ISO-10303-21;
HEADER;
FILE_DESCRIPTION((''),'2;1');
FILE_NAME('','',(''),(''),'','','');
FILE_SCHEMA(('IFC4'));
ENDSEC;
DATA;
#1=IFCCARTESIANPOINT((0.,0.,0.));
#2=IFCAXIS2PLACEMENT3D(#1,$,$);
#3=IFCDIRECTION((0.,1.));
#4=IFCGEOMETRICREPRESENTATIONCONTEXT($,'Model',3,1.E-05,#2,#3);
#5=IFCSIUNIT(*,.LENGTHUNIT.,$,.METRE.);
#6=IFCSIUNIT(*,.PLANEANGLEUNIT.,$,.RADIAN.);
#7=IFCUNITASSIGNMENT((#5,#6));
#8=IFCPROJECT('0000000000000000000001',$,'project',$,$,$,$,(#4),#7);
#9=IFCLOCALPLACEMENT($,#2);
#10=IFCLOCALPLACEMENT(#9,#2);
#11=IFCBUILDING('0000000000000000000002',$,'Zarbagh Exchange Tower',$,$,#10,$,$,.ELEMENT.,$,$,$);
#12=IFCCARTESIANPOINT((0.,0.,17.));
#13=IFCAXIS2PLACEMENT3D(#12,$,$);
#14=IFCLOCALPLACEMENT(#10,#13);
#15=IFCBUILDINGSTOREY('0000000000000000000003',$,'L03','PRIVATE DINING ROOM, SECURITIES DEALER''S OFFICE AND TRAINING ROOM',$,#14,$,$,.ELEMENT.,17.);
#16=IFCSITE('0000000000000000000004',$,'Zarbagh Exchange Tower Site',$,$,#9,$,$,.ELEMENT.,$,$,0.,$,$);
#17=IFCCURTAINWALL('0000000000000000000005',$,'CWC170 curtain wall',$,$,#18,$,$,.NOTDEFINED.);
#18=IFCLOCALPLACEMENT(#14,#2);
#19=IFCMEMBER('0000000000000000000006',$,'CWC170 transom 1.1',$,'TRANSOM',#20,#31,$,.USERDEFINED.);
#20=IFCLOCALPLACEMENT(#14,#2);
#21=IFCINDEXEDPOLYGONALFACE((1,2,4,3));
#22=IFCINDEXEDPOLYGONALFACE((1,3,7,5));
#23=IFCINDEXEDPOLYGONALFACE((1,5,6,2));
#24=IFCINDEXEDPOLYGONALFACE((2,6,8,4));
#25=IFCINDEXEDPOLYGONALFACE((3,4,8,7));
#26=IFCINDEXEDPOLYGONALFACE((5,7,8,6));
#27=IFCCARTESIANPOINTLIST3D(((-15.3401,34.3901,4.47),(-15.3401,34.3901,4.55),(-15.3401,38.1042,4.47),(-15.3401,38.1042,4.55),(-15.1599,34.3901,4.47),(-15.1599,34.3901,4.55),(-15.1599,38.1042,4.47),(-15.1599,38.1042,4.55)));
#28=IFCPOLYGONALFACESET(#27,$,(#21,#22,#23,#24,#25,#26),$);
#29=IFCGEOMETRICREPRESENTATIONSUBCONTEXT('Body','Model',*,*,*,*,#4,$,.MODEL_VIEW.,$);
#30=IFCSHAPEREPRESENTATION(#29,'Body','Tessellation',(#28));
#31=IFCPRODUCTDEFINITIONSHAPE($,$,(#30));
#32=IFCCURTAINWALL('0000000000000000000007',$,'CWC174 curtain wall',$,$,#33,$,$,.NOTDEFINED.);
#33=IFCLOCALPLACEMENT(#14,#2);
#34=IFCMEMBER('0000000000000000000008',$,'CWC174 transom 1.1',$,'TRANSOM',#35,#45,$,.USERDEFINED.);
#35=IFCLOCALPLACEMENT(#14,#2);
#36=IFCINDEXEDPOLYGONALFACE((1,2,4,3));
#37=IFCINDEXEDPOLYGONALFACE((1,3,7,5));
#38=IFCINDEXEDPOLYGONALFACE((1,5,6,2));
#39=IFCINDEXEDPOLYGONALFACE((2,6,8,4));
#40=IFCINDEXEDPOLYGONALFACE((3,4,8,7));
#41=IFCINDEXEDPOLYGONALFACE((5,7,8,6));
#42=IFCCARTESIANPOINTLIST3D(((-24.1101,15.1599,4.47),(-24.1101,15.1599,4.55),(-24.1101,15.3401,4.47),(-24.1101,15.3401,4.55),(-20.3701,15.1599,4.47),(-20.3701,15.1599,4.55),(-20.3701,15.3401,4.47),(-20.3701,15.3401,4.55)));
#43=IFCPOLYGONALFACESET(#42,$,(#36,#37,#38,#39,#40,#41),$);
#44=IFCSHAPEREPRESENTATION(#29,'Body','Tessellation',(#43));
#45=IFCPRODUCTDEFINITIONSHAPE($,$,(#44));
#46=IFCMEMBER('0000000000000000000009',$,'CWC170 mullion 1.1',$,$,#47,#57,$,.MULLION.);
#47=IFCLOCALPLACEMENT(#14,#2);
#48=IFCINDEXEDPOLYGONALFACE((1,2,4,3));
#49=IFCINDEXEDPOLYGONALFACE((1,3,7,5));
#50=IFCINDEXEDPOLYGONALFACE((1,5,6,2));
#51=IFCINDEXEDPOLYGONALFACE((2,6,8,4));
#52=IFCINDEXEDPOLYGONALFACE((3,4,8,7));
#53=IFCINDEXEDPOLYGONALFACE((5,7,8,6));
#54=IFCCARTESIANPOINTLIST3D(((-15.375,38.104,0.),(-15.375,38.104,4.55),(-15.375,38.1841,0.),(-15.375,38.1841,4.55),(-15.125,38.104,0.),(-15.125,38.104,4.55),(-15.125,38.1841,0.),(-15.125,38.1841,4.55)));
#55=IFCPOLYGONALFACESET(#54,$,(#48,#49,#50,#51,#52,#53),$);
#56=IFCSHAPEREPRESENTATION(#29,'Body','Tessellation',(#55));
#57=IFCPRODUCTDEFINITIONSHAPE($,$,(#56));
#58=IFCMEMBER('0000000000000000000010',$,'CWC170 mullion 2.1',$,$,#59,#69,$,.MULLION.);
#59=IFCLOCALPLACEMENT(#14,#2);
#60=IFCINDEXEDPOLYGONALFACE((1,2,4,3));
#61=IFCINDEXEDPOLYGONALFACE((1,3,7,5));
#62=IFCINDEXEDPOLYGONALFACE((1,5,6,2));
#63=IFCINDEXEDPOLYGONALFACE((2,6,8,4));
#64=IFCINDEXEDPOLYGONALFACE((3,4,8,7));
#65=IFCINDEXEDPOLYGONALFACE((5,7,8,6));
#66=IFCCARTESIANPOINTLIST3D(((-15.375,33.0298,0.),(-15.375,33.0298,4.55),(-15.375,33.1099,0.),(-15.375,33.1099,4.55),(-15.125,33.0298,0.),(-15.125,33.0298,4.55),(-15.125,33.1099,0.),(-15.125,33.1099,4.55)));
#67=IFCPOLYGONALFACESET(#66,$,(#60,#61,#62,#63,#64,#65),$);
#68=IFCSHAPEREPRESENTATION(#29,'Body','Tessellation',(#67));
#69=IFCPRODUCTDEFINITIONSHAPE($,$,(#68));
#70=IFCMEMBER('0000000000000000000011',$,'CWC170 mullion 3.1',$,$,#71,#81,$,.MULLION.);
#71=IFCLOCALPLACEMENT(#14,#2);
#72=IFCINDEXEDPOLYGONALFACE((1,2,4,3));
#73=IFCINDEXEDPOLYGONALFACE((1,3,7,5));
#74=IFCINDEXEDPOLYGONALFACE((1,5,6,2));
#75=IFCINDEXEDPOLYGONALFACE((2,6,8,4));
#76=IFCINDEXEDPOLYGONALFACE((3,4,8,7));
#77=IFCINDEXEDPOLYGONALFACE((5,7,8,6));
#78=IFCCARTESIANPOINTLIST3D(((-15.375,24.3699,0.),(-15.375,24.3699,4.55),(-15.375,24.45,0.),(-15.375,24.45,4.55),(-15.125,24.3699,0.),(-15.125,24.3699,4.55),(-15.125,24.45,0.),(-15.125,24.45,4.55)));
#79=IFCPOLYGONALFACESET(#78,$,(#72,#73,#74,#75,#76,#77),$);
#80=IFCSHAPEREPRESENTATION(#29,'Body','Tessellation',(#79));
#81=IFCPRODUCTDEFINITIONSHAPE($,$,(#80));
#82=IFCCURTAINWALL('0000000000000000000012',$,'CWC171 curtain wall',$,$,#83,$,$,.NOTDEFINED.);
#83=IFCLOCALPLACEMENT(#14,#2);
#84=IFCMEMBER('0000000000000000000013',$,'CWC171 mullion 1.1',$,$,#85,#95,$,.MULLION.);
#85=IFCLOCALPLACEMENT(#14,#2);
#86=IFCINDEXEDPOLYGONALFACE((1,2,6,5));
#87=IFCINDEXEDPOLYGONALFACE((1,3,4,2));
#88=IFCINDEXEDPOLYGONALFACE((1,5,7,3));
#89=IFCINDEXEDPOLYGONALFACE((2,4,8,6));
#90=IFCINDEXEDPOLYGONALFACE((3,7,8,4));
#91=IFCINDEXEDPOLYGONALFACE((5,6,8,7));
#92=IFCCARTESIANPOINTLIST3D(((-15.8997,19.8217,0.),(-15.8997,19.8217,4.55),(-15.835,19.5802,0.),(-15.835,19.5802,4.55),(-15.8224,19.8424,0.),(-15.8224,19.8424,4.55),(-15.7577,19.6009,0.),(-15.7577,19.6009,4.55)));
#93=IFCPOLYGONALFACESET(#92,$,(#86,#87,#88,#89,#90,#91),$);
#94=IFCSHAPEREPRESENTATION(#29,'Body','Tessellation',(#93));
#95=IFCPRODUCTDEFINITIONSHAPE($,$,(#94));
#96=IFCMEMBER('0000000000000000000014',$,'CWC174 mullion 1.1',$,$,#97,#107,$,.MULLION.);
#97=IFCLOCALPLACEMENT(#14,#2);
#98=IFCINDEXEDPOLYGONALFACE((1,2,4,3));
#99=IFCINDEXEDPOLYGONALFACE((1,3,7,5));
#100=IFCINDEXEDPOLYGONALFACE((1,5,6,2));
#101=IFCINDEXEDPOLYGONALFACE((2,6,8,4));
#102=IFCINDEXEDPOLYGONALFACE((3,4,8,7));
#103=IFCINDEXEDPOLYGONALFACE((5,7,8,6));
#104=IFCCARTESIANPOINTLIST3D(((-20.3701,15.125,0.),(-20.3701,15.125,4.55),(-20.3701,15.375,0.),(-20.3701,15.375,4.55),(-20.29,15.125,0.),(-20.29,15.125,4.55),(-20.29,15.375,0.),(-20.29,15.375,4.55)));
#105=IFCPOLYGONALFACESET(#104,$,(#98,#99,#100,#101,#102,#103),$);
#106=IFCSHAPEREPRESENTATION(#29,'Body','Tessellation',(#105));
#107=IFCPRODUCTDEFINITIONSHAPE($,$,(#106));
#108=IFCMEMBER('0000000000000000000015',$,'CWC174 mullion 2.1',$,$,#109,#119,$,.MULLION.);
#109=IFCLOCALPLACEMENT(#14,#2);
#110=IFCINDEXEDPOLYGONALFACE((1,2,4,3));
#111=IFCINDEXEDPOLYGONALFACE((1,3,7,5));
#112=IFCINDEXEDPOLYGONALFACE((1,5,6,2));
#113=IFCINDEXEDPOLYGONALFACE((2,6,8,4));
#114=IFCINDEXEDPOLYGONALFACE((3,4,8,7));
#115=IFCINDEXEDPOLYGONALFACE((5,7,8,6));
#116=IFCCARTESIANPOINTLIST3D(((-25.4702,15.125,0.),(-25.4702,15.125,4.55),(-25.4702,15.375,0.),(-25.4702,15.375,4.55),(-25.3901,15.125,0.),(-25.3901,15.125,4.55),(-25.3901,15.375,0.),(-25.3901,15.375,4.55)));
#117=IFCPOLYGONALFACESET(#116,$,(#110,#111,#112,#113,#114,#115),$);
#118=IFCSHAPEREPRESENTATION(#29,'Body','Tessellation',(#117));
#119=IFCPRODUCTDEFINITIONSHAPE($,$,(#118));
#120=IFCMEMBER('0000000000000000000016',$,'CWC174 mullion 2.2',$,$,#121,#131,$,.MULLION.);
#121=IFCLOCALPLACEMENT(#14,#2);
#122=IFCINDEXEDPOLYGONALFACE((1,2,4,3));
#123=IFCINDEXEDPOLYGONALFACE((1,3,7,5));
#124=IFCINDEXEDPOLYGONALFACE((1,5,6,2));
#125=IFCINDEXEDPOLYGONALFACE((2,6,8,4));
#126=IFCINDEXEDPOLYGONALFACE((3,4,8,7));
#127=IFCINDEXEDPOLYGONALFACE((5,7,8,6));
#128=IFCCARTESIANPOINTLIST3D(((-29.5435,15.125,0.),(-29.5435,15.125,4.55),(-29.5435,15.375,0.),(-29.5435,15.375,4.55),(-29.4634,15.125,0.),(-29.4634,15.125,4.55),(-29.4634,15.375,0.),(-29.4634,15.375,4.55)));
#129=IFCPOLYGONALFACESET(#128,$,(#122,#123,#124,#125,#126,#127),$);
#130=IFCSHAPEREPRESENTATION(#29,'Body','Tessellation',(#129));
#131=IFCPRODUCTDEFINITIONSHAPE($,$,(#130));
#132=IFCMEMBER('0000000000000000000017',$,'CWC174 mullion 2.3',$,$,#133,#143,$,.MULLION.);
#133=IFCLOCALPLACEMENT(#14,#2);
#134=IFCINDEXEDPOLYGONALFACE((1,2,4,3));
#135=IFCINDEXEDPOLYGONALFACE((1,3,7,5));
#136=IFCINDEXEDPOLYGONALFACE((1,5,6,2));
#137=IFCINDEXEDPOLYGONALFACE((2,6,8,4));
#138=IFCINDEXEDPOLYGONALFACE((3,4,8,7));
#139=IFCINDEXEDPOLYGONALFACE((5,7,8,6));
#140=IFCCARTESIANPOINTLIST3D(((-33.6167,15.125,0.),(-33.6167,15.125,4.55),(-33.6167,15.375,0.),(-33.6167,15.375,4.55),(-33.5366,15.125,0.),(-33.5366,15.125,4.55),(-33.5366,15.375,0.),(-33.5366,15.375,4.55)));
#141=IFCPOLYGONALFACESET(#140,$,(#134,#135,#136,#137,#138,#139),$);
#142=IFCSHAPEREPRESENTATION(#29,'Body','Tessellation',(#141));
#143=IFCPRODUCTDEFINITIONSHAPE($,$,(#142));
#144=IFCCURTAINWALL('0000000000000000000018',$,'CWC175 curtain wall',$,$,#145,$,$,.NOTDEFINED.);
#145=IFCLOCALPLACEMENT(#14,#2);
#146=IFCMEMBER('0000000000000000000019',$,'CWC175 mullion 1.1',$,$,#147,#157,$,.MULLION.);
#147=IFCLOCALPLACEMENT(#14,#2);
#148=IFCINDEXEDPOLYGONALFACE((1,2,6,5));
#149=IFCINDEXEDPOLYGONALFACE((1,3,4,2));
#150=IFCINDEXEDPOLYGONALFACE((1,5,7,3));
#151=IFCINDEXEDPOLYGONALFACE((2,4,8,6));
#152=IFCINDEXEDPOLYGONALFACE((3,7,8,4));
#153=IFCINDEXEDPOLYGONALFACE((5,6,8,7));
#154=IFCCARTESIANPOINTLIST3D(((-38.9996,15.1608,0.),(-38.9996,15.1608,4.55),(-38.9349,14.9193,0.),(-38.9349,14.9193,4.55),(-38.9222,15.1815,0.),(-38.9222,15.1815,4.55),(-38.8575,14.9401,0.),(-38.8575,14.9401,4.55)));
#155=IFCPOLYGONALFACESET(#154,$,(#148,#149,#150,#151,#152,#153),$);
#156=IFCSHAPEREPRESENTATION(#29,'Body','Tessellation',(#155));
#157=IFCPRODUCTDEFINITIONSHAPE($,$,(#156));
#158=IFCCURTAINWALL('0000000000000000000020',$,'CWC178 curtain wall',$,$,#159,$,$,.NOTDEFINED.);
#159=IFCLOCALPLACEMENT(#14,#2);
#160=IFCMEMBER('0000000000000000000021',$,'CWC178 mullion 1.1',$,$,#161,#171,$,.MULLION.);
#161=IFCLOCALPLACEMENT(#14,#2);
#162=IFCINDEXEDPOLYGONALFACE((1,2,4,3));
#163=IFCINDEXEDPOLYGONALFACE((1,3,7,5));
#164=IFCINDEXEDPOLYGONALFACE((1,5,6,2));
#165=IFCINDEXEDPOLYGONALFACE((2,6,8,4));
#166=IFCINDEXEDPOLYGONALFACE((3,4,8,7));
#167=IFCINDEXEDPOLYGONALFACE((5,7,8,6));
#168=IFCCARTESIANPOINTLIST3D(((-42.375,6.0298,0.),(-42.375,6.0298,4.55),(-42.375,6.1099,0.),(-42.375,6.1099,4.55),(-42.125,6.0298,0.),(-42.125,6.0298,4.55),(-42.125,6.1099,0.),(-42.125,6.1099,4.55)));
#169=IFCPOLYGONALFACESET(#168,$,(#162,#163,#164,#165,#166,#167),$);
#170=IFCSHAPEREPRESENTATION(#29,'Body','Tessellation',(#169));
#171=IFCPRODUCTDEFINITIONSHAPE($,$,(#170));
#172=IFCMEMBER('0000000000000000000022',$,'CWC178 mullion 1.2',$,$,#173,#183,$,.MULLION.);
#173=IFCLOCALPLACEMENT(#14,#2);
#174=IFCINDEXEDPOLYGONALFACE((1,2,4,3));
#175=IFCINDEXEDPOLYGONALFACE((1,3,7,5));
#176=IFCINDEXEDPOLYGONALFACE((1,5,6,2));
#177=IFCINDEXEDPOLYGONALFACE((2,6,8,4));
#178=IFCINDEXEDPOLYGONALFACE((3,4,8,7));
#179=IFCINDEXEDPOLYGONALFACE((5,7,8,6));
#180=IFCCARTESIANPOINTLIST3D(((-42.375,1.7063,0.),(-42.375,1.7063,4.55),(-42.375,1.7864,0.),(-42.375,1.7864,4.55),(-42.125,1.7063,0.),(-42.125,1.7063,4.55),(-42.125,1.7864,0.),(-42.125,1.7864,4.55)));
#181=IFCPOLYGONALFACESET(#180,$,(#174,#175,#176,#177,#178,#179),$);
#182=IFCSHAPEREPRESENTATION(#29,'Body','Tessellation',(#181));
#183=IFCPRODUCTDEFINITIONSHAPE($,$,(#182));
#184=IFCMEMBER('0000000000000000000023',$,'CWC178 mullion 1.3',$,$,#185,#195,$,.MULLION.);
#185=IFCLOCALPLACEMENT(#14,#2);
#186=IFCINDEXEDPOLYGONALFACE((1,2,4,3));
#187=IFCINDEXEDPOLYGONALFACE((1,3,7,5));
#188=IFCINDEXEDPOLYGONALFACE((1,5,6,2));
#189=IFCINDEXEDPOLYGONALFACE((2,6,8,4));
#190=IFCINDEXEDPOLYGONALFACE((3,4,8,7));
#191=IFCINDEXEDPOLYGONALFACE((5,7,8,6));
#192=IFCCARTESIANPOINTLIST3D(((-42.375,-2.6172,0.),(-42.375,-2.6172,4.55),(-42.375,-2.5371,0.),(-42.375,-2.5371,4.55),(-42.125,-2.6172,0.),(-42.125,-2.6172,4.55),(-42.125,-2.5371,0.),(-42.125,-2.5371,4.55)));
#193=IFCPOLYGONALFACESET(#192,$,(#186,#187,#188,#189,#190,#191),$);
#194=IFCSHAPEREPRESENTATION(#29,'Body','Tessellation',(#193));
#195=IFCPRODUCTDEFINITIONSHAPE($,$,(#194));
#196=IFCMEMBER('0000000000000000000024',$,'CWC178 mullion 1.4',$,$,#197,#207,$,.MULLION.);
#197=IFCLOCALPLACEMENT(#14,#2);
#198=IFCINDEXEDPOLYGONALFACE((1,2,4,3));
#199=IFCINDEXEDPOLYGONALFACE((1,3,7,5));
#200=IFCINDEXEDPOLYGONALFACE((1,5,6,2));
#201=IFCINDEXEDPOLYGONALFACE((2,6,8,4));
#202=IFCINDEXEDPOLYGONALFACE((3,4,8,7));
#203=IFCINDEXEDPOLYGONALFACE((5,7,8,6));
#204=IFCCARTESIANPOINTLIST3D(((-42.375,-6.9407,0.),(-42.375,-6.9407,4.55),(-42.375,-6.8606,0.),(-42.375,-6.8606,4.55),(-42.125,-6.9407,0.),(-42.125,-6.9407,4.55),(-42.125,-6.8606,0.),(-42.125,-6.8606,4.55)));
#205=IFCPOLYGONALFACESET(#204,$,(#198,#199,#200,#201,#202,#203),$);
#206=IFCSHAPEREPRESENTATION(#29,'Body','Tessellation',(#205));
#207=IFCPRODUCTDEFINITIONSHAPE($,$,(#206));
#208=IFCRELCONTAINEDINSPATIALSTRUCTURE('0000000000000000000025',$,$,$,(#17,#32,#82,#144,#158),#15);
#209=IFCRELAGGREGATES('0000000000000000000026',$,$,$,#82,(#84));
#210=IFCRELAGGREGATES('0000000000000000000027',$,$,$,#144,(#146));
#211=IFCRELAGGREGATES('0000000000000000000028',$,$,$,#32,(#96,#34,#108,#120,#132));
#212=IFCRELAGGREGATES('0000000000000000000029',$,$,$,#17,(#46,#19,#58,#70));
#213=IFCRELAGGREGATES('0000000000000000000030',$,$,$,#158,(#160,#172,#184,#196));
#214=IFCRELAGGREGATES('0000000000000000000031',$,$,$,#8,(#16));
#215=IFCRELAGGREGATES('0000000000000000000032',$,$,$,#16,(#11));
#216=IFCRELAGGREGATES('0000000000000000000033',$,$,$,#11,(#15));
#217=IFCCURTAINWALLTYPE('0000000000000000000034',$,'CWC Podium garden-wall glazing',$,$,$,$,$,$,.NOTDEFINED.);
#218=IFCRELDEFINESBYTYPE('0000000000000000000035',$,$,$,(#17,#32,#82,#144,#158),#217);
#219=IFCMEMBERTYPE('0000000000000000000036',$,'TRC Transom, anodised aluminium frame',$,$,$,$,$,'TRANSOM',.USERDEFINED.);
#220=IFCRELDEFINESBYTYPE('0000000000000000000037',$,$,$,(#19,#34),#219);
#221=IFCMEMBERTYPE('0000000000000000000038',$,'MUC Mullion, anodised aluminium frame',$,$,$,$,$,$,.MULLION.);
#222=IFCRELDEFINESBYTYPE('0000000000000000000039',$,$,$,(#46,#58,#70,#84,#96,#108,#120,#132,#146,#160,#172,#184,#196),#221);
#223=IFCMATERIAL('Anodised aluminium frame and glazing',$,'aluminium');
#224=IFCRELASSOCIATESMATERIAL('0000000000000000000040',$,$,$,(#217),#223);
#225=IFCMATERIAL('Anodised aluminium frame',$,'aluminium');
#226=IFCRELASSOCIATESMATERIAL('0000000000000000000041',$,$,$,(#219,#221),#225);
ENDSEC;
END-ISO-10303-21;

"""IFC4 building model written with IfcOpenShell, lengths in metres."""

from ifc_helpers import new_model, si_unit, direction, frame, origin, place, context, subcontext, project, spatial, polyline, outline, extrude, source, transform, mapped, material, type_object, element, aggregate, save


model = new_model("IFC4")

# Units and contexts
model_context = context("Model", 3, precision=1e-05, world=origin(), true_north=direction((0.0, 1.0)))
body_context = subcontext(model_context, "Body", "Model", "MODEL_VIEW")
ifc_project = project(units=[si_unit("LENGTHUNIT", "METRE"), si_unit("PLANEANGLEUNIT", "RADIAN")], contexts=[model_context])

# Site, building, storey
site_placement = place(None, origin())
site = spatial("IfcSite", under=ifc_project, at=site_placement, Name="Zarbagh Exchange Tower Site", CompositionType="ELEMENT", RefElevation=0.0)
building_placement = place(site_placement, origin())
building = spatial("IfcBuilding", under=site, at=building_placement, Name="Zarbagh Exchange Tower", CompositionType="ELEMENT")
storey_placement = place(building_placement, frame((0.0, 0.0, 17.0)))
storey = spatial("IfcBuildingStorey", under=building, at=storey_placement, Name="L03", Description="PRIVATE DINING ROOM, SECURITIES DEALER'S OFFICE AND TRAINING ROOM", CompositionType="ELEMENT", Elevation=17.0)

# Curtain walls, members
ifc_material_1 = material(Name="Anodised aluminium frame and glazing", Category="aluminium")
curtain_wall_type = type_object("IfcCurtainWallType", Name="CWC Podium garden-wall glazing", PredefinedType="NOTDEFINED", material=ifc_material_1)
curtain_wall_1_placement = place(storey_placement, origin())
curtain_wall_1 = element("IfcCurtainWall", 1, at=curtain_wall_1_placement, inside=storey, type_object=curtain_wall_type, Name="CWC170 curtain wall", PredefinedType="NOTDEFINED")
ifc_material_2 = material(Name="Anodised aluminium frame", Category="aluminium")
member_type_1 = type_object("IfcMemberType", Name="TRC Transom, anodised aluminium frame", ElementType="TRANSOM", PredefinedType="USERDEFINED", material=ifc_material_2)
shared_shape_1 = source(origin(), body_context, "Body", "SweptSolid", [
    extrude(outline(polyline([(-0.0801, -0.0901), (0.0, -0.0901), (0.0, 0.0901), (-0.0801, 0.0901), (-0.0801, -0.0901)])), origin(), (0.0, 0.0, 1.0), 3.7141),
])
placement = place(storey_placement, origin())
member_1 = element("IfcMember", 2, at=placement, type_object=member_type_1, Name="CWC170 transom 1.1", ObjectType="TRANSOM", PredefinedType="USERDEFINED", context=body_context, shape_type="MappedRepresentation", body=[
    mapped(shared_shape_1, transform((-15.25, 38.1042, 4.55), x_axis=(0.0, 0.0, 1.0), y_axis=(-1.0, 0.0, 0.0), z_axis=(0.0, -1.0, 0.0))),
])
curtain_wall_2_placement = place(storey_placement, origin())
curtain_wall_2 = element("IfcCurtainWall", 3, at=curtain_wall_2_placement, inside=storey, type_object=curtain_wall_type, Name="CWC174 curtain wall", PredefinedType="NOTDEFINED")
shared_shape_2 = source(origin(), body_context, "Body", "SweptSolid", [
    extrude(outline(polyline([(-0.0801, -0.0901), (0.0, -0.0901), (0.0, 0.0901), (-0.0801, 0.0901), (-0.0801, -0.0901)])), origin(), (0.0, 0.0, 1.0), 3.74),
])
member_2 = element("IfcMember", 4, at=placement, type_object=member_type_1, Name="CWC174 transom 1.1", ObjectType="TRANSOM", PredefinedType="USERDEFINED", context=body_context, shape_type="MappedRepresentation", body=[
    mapped(shared_shape_2, transform((-20.3701, 15.25, 4.55), x_axis=(0.0, 0.0, 1.0), y_axis=(0.0, 1.0, 0.0), z_axis=(-1.0, 0.0, 0.0))),
])

# Members
member_type_2 = type_object("IfcMemberType", Name="MUC Mullion, anodised aluminium frame", PredefinedType="MULLION", material=ifc_material_2)
shared_shape_3 = source(origin(), body_context, "Body", "SweptSolid", [
    extrude(outline(polyline([(0.0, -0.125), (0.0801, -0.125), (0.0801, 0.125), (0.0, 0.125), (0.0, -0.125)])), origin(), (0.0, 0.0, 1.0), 4.55),
])
member_3 = element("IfcMember", 5, at=placement, type_object=member_type_2, Name="CWC170 mullion 1.1", PredefinedType="MULLION", context=body_context, shape_type="MappedRepresentation", body=[
    mapped(shared_shape_3, transform((-15.25, 38.1841, 0.0), x_axis=(0.0, -1.0, 0.0), y_axis=(1.0, 0.0, 0.0), z_axis=(0.0, 0.0, 1.0))),
])
member_4 = element("IfcMember", 6, at=placement, type_object=member_type_2, Name="CWC170 mullion 2.1", PredefinedType="MULLION", context=body_context, shape_type="MappedRepresentation", body=[
    mapped(shared_shape_3, transform((-15.25, 33.1099, 0.0), x_axis=(0.0, -1.0, 0.0), y_axis=(1.0, 0.0, 0.0), z_axis=(0.0, 0.0, 1.0))),
])
member_5 = element("IfcMember", 7, at=placement, type_object=member_type_2, Name="CWC170 mullion 3.1", PredefinedType="MULLION", context=body_context, shape_type="MappedRepresentation", body=[
    mapped(shared_shape_3, transform((-15.25, 24.45, 0.0), x_axis=(0.0, -1.0, 0.0), y_axis=(1.0, 0.0, 0.0), z_axis=(0.0, 0.0, 1.0))),
])

# Curtain wall, member
curtain_wall_3_placement = place(storey_placement, origin())
curtain_wall_3 = element("IfcCurtainWall", 8, at=curtain_wall_3_placement, inside=storey, type_object=curtain_wall_type, Name="CWC171 curtain wall", PredefinedType="NOTDEFINED")
member_6 = element("IfcMember", 9, at=placement, type_object=member_type_2, Name="CWC171 mullion 1.1", PredefinedType="MULLION", context=body_context, shape_type="MappedRepresentation", body=[
    mapped(shared_shape_3, transform((-15.79, 19.7217, 0.0), x_axis=(-0.965924, -0.258825, 0.0), y_axis=(0.258825, -0.965924, 0.0), z_axis=(0.0, 0.0, 1.0))),
])

# Members
member_7 = element("IfcMember", 10, at=placement, type_object=member_type_2, Name="CWC174 mullion 1.1", PredefinedType="MULLION", context=body_context, shape_type="MappedRepresentation", body=[
    mapped(shared_shape_3, transform((-20.29, 15.25, 0.0), x_axis=(-1.0, 0.0, 0.0), y_axis=(0.0, -1.0, 0.0), z_axis=(0.0, 0.0, 1.0))),
])
member_8 = element("IfcMember", 11, at=placement, type_object=member_type_2, Name="CWC174 mullion 2.1", PredefinedType="MULLION", context=body_context, shape_type="MappedRepresentation", body=[
    mapped(shared_shape_3, transform((-25.3901, 15.25, 0.0), x_axis=(-1.0, 0.0, 0.0), y_axis=(0.0, -1.0, 0.0), z_axis=(0.0, 0.0, 1.0))),
])
member_9 = element("IfcMember", 12, at=placement, type_object=member_type_2, Name="CWC174 mullion 2.2", PredefinedType="MULLION", context=body_context, shape_type="MappedRepresentation", body=[
    mapped(shared_shape_3, transform((-29.4634, 15.25, 0.0), x_axis=(-1.0, 0.0, 0.0), y_axis=(0.0, -1.0, 0.0), z_axis=(0.0, 0.0, 1.0))),
])
member_10 = element("IfcMember", 13, at=placement, type_object=member_type_2, Name="CWC174 mullion 2.3", PredefinedType="MULLION", context=body_context, shape_type="MappedRepresentation", body=[
    mapped(shared_shape_3, transform((-33.5366, 15.25, 0.0), x_axis=(-1.0, 0.0, 0.0), y_axis=(0.0, -1.0, 0.0), z_axis=(0.0, 0.0, 1.0))),
])

# Curtain wall, member
curtain_wall_4_placement = place(storey_placement, origin())
curtain_wall_4 = element("IfcCurtainWall", 14, at=curtain_wall_4_placement, inside=storey, type_object=curtain_wall_type, Name="CWC175 curtain wall", PredefinedType="NOTDEFINED")
member_11 = element("IfcMember", 15, at=placement, type_object=member_type_2, Name="CWC175 mullion 1.1", PredefinedType="MULLION", context=body_context, shape_type="MappedRepresentation", body=[
    mapped(shared_shape_3, transform((-38.8899, 15.0608, 0.0), x_axis=(-0.965924, -0.258825, 0.0), y_axis=(0.258825, -0.965924, 0.0), z_axis=(0.0, 0.0, 1.0))),
])

# Curtain wall, members
curtain_wall_5_placement = place(storey_placement, origin())
curtain_wall_5 = element("IfcCurtainWall", 16, at=curtain_wall_5_placement, inside=storey, type_object=curtain_wall_type, Name="CWC178 curtain wall", PredefinedType="NOTDEFINED")
member_12 = element("IfcMember", 17, at=placement, type_object=member_type_2, Name="CWC178 mullion 1.1", PredefinedType="MULLION", context=body_context, shape_type="MappedRepresentation", body=[
    mapped(shared_shape_3, transform((-42.25, 6.1099, 0.0), x_axis=(0.0, -1.0, 0.0), y_axis=(1.0, 0.0, 0.0), z_axis=(0.0, 0.0, 1.0))),
])
member_13 = element("IfcMember", 18, at=placement, type_object=member_type_2, Name="CWC178 mullion 1.2", PredefinedType="MULLION", context=body_context, shape_type="MappedRepresentation", body=[
    mapped(shared_shape_3, transform((-42.25, 1.7864, 0.0), x_axis=(0.0, -1.0, 0.0), y_axis=(1.0, 0.0, 0.0), z_axis=(0.0, 0.0, 1.0))),
])
member_14 = element("IfcMember", 19, at=placement, type_object=member_type_2, Name="CWC178 mullion 1.3", PredefinedType="MULLION", context=body_context, shape_type="MappedRepresentation", body=[
    mapped(shared_shape_3, transform((-42.25, -2.5371, 0.0), x_axis=(0.0, -1.0, 0.0), y_axis=(1.0, 0.0, 0.0), z_axis=(0.0, 0.0, 1.0))),
])
member_15 = element("IfcMember", 20, at=placement, type_object=member_type_2, Name="CWC178 mullion 1.4", PredefinedType="MULLION", context=body_context, shape_type="MappedRepresentation", body=[
    mapped(shared_shape_3, transform((-42.25, -6.8606, 0.0), x_axis=(0.0, -1.0, 0.0), y_axis=(1.0, 0.0, 0.0), z_axis=(0.0, 0.0, 1.0))),
])

aggregate(curtain_wall_3, [member_6])

aggregate(curtain_wall_4, [member_11])
aggregate(curtain_wall_2, [member_7, member_2, member_8, member_9, member_10])

aggregate(curtain_wall_1, [member_3, member_1, member_4, member_5])
aggregate(curtain_wall_5, [member_12, member_13, member_14, member_15])

save(model, "model.ifc")
